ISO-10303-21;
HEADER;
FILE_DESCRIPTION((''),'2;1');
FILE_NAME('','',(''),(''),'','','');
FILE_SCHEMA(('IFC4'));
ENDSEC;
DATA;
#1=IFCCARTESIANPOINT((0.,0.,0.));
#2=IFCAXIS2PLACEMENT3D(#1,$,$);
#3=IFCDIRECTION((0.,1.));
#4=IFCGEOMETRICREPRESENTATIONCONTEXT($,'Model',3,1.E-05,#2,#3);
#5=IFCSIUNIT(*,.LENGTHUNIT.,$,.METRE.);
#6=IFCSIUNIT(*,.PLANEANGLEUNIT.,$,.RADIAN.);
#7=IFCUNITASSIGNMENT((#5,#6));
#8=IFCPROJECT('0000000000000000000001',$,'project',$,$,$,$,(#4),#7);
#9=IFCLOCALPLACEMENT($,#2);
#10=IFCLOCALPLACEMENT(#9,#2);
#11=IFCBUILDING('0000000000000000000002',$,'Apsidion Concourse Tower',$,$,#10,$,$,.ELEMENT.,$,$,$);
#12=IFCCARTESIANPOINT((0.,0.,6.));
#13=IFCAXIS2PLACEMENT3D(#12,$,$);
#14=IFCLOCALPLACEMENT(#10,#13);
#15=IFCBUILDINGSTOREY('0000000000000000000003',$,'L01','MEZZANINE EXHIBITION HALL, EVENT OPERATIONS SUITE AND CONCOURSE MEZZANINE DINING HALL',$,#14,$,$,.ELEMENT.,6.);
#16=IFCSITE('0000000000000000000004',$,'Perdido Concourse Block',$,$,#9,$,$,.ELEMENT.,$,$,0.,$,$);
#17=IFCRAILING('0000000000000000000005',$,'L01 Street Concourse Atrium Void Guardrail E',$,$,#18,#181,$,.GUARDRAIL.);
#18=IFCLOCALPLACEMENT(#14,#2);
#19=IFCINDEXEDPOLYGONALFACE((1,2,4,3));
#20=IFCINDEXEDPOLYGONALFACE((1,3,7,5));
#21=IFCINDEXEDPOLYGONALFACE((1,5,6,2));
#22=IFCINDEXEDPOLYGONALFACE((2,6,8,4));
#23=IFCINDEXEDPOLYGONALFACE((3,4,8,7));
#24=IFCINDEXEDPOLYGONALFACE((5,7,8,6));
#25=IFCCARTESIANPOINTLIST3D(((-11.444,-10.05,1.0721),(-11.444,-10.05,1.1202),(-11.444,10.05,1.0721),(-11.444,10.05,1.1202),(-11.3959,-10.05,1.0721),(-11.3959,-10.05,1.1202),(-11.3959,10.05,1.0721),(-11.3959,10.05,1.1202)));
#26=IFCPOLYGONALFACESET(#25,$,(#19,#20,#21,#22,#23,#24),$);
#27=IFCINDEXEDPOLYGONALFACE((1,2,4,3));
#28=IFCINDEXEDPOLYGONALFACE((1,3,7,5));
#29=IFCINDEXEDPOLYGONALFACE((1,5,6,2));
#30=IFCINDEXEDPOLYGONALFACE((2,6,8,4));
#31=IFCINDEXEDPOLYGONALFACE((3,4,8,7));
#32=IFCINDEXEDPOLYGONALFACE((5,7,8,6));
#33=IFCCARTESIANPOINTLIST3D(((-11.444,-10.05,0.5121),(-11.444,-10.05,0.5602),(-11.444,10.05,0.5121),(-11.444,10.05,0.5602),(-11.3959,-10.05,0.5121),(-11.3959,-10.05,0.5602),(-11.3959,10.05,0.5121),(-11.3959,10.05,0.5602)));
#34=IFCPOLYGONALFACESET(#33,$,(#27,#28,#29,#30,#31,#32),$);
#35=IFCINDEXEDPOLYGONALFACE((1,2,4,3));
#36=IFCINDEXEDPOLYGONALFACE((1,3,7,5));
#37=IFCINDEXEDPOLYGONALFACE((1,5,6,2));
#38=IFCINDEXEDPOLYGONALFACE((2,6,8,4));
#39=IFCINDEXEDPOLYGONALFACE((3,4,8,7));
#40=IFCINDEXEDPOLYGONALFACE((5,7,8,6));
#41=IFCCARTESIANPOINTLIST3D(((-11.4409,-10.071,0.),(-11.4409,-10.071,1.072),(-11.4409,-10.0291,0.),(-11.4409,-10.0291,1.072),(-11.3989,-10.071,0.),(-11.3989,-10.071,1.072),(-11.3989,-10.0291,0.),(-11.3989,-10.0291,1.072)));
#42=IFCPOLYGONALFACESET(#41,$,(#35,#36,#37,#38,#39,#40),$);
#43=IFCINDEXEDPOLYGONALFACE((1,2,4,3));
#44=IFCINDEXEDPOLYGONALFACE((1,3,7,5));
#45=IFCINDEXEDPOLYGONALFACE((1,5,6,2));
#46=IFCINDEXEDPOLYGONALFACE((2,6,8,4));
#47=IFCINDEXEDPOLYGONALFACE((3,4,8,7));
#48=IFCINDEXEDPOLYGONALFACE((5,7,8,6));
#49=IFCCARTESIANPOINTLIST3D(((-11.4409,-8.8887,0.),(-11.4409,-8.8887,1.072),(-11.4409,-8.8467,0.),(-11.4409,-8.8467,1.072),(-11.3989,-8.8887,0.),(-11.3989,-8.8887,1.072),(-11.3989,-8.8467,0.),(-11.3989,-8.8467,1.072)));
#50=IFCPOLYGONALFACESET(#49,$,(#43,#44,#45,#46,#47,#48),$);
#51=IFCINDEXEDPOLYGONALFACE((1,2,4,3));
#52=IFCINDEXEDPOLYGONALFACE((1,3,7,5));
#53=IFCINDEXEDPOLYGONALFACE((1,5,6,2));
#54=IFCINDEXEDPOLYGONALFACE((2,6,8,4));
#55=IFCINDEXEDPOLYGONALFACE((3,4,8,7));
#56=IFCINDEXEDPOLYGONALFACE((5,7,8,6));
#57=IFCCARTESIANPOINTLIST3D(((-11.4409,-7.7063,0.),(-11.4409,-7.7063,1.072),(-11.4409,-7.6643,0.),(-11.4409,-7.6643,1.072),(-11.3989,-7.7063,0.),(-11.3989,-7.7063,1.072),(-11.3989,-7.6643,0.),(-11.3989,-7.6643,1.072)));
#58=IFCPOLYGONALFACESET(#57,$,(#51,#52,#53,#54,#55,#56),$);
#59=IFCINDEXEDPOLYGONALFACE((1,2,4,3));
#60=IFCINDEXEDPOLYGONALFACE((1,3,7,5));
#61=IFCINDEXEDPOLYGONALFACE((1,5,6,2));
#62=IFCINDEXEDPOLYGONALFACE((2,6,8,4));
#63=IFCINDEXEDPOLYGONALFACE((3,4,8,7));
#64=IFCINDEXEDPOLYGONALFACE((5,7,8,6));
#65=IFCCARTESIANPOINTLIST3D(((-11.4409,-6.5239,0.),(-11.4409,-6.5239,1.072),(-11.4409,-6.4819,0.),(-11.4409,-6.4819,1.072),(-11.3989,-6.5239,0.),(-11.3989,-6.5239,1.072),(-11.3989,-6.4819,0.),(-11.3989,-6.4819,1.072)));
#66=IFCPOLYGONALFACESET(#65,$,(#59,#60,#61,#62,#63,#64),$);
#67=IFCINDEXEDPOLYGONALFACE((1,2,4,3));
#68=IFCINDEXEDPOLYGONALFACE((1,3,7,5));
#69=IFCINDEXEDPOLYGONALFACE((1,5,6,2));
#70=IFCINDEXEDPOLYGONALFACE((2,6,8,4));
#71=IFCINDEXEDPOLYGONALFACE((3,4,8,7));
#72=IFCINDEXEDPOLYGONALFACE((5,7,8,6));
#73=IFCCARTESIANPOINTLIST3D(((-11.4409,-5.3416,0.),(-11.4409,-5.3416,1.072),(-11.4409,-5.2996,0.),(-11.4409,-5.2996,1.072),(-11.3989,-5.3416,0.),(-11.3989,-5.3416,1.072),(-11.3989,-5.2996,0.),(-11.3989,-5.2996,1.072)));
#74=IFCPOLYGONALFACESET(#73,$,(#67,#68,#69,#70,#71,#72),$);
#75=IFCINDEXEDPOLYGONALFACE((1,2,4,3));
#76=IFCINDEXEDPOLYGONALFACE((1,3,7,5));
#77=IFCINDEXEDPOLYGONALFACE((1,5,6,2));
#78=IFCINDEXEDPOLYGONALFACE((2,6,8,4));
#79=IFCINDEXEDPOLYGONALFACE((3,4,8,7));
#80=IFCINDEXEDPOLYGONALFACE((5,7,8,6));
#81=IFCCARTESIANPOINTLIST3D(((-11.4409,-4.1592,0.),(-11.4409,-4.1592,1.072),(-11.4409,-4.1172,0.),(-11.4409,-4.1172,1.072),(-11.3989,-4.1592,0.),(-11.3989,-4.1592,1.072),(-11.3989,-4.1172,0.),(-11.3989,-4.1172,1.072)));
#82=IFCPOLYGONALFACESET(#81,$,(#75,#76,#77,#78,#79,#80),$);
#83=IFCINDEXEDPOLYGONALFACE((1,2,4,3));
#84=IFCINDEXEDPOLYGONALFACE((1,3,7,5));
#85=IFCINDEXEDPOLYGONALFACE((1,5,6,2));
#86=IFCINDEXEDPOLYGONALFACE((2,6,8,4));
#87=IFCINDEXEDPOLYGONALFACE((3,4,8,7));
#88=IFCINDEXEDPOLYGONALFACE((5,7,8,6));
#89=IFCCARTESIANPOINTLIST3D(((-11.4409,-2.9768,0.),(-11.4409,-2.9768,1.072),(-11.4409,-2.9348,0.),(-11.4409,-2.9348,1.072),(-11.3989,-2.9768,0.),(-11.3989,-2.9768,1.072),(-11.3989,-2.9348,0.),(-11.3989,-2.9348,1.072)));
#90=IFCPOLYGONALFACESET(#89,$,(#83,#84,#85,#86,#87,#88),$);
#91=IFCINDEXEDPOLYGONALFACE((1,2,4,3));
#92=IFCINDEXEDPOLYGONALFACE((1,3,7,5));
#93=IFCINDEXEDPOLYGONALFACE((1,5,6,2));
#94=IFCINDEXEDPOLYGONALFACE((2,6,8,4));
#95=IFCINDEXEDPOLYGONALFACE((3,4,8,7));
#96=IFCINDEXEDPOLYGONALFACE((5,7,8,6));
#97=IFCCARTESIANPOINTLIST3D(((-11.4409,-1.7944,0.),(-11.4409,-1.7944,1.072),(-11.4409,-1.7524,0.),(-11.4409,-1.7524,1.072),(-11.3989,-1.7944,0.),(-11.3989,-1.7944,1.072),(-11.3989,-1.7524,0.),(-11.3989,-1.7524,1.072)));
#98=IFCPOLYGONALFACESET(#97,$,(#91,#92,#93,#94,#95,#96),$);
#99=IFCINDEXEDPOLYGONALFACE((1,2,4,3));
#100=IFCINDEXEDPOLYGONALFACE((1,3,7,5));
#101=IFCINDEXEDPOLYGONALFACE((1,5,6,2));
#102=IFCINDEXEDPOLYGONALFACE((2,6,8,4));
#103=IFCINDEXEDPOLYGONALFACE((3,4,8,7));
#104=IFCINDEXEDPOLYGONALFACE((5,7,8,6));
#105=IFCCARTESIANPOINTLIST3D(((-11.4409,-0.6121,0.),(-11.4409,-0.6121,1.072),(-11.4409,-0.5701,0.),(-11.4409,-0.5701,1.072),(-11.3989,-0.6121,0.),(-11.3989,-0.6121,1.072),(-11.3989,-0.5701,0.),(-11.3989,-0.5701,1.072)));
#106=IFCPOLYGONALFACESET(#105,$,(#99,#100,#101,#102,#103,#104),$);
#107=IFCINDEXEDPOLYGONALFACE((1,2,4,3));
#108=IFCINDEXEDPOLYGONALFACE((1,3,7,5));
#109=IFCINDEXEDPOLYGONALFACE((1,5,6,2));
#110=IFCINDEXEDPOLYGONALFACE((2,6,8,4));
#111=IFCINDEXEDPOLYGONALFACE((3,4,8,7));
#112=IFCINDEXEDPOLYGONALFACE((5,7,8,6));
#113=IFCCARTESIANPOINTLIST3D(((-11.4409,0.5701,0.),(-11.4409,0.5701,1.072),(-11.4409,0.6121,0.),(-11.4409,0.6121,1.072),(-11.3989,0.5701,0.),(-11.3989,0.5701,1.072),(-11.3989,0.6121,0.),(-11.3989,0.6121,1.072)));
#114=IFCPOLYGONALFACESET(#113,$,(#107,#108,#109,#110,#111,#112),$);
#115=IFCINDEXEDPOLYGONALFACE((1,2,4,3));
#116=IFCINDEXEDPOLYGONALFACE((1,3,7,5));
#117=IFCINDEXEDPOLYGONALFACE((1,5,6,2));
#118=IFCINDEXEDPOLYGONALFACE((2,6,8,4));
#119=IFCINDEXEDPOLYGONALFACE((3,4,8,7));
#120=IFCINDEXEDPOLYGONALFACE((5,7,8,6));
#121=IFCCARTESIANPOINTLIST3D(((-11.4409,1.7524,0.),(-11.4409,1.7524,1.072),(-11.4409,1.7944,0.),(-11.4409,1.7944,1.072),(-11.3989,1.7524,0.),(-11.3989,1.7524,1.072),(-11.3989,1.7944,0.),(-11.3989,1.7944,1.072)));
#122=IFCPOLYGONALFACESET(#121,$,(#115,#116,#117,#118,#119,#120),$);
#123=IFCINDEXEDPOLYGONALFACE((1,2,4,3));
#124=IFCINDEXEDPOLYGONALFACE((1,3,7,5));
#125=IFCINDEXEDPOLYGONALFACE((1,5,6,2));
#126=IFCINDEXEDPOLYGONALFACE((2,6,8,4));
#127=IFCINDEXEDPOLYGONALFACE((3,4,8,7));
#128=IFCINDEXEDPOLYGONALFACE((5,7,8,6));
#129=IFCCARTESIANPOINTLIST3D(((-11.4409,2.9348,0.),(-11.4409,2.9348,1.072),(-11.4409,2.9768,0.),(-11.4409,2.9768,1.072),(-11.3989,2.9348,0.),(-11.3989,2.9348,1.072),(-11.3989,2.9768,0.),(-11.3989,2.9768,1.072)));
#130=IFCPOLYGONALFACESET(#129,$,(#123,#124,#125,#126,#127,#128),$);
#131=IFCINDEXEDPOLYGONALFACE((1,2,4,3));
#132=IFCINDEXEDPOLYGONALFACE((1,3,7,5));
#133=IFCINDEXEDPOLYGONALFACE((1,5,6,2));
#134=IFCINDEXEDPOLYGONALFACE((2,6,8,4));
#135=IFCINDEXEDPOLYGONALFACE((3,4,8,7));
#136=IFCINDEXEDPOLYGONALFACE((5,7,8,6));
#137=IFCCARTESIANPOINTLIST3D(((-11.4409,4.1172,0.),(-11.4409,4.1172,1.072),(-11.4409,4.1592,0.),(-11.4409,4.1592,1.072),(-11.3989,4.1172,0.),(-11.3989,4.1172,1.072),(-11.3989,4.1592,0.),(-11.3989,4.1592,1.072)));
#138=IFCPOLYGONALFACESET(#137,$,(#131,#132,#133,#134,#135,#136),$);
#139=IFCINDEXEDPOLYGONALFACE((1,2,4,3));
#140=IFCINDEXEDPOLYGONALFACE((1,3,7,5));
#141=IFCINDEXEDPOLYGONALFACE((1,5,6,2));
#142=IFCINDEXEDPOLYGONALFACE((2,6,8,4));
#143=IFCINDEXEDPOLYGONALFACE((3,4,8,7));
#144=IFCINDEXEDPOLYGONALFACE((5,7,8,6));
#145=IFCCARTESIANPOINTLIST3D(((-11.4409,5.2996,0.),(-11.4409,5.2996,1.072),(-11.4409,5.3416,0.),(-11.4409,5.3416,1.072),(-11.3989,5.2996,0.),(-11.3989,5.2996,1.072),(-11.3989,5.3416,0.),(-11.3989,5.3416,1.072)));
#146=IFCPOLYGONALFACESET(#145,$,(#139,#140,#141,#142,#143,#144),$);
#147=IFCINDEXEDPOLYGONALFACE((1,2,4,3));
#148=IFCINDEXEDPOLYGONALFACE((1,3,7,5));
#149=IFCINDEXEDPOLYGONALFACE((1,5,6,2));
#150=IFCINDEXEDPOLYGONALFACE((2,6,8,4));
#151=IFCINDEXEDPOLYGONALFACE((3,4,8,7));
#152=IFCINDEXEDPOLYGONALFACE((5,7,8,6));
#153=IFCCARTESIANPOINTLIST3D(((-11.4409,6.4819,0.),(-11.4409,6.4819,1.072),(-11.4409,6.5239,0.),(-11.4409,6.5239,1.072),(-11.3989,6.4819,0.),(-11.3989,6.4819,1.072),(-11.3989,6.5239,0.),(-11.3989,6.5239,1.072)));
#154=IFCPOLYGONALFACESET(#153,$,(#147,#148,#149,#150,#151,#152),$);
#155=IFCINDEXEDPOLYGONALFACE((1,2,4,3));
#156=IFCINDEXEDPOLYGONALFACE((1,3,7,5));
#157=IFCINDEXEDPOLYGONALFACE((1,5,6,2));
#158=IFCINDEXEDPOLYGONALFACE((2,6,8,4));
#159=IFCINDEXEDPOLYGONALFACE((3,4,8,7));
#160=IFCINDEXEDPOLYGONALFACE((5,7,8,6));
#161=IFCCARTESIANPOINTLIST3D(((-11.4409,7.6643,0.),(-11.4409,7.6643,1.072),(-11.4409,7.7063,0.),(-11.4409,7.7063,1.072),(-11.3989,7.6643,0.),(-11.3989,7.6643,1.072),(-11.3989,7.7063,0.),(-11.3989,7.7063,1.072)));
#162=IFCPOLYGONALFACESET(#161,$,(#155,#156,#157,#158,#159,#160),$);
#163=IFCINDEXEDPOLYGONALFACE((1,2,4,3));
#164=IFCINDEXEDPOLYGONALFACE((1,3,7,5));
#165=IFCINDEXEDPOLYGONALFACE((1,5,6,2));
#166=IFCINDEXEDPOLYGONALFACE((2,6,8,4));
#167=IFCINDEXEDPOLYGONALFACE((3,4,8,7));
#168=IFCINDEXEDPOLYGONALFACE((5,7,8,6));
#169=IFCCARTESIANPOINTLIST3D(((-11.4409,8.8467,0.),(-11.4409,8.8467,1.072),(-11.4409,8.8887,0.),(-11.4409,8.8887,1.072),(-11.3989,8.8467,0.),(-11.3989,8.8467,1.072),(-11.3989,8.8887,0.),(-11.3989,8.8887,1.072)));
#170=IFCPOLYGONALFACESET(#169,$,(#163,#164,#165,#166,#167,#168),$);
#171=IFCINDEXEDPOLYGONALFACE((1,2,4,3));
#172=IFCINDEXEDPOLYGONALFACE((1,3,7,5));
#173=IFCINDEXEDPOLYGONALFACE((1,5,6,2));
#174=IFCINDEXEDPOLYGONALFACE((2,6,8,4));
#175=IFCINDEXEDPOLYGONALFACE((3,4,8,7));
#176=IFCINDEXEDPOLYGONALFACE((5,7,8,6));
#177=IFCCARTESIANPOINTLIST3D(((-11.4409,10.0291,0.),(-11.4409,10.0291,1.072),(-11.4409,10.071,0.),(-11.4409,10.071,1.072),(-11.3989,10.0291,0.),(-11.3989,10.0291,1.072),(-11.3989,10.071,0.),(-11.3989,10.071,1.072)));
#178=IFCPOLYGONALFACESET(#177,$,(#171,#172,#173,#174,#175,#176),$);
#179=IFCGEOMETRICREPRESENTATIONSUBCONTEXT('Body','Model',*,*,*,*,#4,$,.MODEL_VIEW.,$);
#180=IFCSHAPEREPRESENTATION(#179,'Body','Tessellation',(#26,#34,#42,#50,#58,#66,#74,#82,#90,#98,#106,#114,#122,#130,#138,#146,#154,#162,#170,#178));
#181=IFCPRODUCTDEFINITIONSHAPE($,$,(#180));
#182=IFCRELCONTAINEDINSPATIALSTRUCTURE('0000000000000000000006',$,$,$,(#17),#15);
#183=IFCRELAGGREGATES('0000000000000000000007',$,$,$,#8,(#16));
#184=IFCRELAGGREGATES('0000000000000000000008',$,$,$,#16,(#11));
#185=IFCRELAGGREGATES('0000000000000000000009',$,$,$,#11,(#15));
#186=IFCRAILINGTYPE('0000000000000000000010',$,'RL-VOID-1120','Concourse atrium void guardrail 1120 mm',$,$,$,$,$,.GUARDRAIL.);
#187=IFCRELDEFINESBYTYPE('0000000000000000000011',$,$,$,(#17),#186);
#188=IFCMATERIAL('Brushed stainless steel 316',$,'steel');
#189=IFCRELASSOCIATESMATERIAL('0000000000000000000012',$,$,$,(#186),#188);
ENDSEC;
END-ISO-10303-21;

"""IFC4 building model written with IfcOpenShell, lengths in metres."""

from ifc_helpers import new_model, si_unit, direction, frame, origin, origin_2d, place, context, subcontext, project, spatial, rectangle, extrude, material, type_object, element, save


model = new_model("IFC4")

# Units and contexts
model_context = context("Model", 3, precision=1e-05, world=origin(), true_north=direction((0.0, 1.0)))
body_context = subcontext(model_context, "Body", "Model", "MODEL_VIEW")
ifc_project = project(units=[si_unit("LENGTHUNIT", "METRE"), si_unit("PLANEANGLEUNIT", "RADIAN")], contexts=[model_context])

# Site, building, storey
site_placement = place(None, origin())
site = spatial("IfcSite", under=ifc_project, at=site_placement, Name="Perdido Concourse Block", CompositionType="ELEMENT", RefElevation=0.0)
building_placement = place(site_placement, origin())
building = spatial("IfcBuilding", under=site, at=building_placement, Name="Apsidion Concourse Tower", CompositionType="ELEMENT")
storey_placement = place(building_placement, frame((0.0, 0.0, 6.0)))
storey = spatial("IfcBuildingStorey", under=building, at=storey_placement, Name="L01", Description="MEZZANINE EXHIBITION HALL, EVENT OPERATIONS SUITE AND CONCOURSE MEZZANINE DINING HALL", CompositionType="ELEMENT", Elevation=6.0)

# Shared definitions
ifc_material_1 = material(Name="Brushed stainless steel 316", Category="steel")

# Railing
railing_type = type_object("IfcRailingType", Name="RL-VOID-1120", Description="Concourse atrium void guardrail 1120 mm", PredefinedType="GUARDRAIL", material=ifc_material_1)
railing_1_placement = place(storey_placement, frame((-11.4199, -10.05, 0.0)))
element("IfcRailing", 1, at=railing_1_placement, inside=storey, type_object=railing_type, Name="L01 Street Concourse Atrium Void Guardrail E", PredefinedType="GUARDRAIL", context=body_context, shape_type="SweptSolid", body=[
    extrude(rectangle(XDim=0.0481, YDim=0.0481, at=origin_2d()), frame((0.0, 0.0, 1.0962), z_axis=(0.0, 1.0, 0.0), x_axis=(-1.0, 0.0, 0.0)), (0.0, 0.0, 1.0), 20.1001),
    extrude(rectangle(XDim=0.0481, YDim=0.0481, at=origin_2d()), frame((0.0, 0.0, 0.5361), z_axis=(0.0, 1.0, 0.0), x_axis=(-1.0, 0.0, 0.0)), (0.0, 0.0, 1.0), 20.1001),
    extrude(rectangle(XDim=0.042, YDim=0.042, at=origin_2d()), origin(), (0.0, 0.0, 1.0), 1.072),
    extrude(rectangle(XDim=0.042, YDim=0.042, at=origin_2d()), frame((0.0, 1.1824, 0.0)), (0.0, 0.0, 1.0), 1.072),
    extrude(rectangle(XDim=0.042, YDim=0.042, at=origin_2d()), frame((0.0, 2.3647, 0.0)), (0.0, 0.0, 1.0), 1.072),
    extrude(rectangle(XDim=0.042, YDim=0.042, at=origin_2d()), frame((0.0, 3.5471, 0.0)), (0.0, 0.0, 1.0), 1.072),
    extrude(rectangle(XDim=0.042, YDim=0.042, at=origin_2d()), frame((0.0, 4.7295, 0.0)), (0.0, 0.0, 1.0), 1.072),
    extrude(rectangle(XDim=0.042, YDim=0.042, at=origin_2d()), frame((0.0, 5.9119, 0.0)), (0.0, 0.0, 1.0), 1.072),
    extrude(rectangle(XDim=0.042, YDim=0.042, at=origin_2d()), frame((0.0, 7.0942, 0.0)), (0.0, 0.0, 1.0), 1.072),
    extrude(rectangle(XDim=0.042, YDim=0.042, at=origin_2d()), frame((0.0, 8.2766, 0.0)), (0.0, 0.0, 1.0), 1.072),
    extrude(rectangle(XDim=0.042, YDim=0.042, at=origin_2d()), frame((0.0, 9.459, 0.0)), (0.0, 0.0, 1.0), 1.072),
    extrude(rectangle(XDim=0.042, YDim=0.042, at=origin_2d()), frame((0.0, 10.6411, 0.0)), (0.0, 0.0, 1.0), 1.072),
    extrude(rectangle(XDim=0.042, YDim=0.042, at=origin_2d()), frame((0.0, 11.8235, 0.0)), (0.0, 0.0, 1.0), 1.072),
    extrude(rectangle(XDim=0.042, YDim=0.042, at=origin_2d()), frame((0.0, 13.0059, 0.0)), (0.0, 0.0, 1.0), 1.072),
    extrude(rectangle(XDim=0.042, YDim=0.042, at=origin_2d()), frame((0.0, 14.1882, 0.0)), (0.0, 0.0, 1.0), 1.072),
    extrude(rectangle(XDim=0.042, YDim=0.042, at=origin_2d()), frame((0.0, 15.3706, 0.0)), (0.0, 0.0, 1.0), 1.072),
    extrude(rectangle(XDim=0.042, YDim=0.042, at=origin_2d()), frame((0.0, 16.553, 0.0)), (0.0, 0.0, 1.0), 1.072),
    extrude(rectangle(XDim=0.042, YDim=0.042, at=origin_2d()), frame((0.0, 17.7354, 0.0)), (0.0, 0.0, 1.0), 1.072),
    extrude(rectangle(XDim=0.042, YDim=0.042, at=origin_2d()), frame((0.0, 18.9177, 0.0)), (0.0, 0.0, 1.0), 1.072),
    extrude(rectangle(XDim=0.042, YDim=0.042, at=origin_2d()), frame((0.0, 20.1001, 0.0)), (0.0, 0.0, 1.0), 1.072),
])

save(model, "model.ifc")
